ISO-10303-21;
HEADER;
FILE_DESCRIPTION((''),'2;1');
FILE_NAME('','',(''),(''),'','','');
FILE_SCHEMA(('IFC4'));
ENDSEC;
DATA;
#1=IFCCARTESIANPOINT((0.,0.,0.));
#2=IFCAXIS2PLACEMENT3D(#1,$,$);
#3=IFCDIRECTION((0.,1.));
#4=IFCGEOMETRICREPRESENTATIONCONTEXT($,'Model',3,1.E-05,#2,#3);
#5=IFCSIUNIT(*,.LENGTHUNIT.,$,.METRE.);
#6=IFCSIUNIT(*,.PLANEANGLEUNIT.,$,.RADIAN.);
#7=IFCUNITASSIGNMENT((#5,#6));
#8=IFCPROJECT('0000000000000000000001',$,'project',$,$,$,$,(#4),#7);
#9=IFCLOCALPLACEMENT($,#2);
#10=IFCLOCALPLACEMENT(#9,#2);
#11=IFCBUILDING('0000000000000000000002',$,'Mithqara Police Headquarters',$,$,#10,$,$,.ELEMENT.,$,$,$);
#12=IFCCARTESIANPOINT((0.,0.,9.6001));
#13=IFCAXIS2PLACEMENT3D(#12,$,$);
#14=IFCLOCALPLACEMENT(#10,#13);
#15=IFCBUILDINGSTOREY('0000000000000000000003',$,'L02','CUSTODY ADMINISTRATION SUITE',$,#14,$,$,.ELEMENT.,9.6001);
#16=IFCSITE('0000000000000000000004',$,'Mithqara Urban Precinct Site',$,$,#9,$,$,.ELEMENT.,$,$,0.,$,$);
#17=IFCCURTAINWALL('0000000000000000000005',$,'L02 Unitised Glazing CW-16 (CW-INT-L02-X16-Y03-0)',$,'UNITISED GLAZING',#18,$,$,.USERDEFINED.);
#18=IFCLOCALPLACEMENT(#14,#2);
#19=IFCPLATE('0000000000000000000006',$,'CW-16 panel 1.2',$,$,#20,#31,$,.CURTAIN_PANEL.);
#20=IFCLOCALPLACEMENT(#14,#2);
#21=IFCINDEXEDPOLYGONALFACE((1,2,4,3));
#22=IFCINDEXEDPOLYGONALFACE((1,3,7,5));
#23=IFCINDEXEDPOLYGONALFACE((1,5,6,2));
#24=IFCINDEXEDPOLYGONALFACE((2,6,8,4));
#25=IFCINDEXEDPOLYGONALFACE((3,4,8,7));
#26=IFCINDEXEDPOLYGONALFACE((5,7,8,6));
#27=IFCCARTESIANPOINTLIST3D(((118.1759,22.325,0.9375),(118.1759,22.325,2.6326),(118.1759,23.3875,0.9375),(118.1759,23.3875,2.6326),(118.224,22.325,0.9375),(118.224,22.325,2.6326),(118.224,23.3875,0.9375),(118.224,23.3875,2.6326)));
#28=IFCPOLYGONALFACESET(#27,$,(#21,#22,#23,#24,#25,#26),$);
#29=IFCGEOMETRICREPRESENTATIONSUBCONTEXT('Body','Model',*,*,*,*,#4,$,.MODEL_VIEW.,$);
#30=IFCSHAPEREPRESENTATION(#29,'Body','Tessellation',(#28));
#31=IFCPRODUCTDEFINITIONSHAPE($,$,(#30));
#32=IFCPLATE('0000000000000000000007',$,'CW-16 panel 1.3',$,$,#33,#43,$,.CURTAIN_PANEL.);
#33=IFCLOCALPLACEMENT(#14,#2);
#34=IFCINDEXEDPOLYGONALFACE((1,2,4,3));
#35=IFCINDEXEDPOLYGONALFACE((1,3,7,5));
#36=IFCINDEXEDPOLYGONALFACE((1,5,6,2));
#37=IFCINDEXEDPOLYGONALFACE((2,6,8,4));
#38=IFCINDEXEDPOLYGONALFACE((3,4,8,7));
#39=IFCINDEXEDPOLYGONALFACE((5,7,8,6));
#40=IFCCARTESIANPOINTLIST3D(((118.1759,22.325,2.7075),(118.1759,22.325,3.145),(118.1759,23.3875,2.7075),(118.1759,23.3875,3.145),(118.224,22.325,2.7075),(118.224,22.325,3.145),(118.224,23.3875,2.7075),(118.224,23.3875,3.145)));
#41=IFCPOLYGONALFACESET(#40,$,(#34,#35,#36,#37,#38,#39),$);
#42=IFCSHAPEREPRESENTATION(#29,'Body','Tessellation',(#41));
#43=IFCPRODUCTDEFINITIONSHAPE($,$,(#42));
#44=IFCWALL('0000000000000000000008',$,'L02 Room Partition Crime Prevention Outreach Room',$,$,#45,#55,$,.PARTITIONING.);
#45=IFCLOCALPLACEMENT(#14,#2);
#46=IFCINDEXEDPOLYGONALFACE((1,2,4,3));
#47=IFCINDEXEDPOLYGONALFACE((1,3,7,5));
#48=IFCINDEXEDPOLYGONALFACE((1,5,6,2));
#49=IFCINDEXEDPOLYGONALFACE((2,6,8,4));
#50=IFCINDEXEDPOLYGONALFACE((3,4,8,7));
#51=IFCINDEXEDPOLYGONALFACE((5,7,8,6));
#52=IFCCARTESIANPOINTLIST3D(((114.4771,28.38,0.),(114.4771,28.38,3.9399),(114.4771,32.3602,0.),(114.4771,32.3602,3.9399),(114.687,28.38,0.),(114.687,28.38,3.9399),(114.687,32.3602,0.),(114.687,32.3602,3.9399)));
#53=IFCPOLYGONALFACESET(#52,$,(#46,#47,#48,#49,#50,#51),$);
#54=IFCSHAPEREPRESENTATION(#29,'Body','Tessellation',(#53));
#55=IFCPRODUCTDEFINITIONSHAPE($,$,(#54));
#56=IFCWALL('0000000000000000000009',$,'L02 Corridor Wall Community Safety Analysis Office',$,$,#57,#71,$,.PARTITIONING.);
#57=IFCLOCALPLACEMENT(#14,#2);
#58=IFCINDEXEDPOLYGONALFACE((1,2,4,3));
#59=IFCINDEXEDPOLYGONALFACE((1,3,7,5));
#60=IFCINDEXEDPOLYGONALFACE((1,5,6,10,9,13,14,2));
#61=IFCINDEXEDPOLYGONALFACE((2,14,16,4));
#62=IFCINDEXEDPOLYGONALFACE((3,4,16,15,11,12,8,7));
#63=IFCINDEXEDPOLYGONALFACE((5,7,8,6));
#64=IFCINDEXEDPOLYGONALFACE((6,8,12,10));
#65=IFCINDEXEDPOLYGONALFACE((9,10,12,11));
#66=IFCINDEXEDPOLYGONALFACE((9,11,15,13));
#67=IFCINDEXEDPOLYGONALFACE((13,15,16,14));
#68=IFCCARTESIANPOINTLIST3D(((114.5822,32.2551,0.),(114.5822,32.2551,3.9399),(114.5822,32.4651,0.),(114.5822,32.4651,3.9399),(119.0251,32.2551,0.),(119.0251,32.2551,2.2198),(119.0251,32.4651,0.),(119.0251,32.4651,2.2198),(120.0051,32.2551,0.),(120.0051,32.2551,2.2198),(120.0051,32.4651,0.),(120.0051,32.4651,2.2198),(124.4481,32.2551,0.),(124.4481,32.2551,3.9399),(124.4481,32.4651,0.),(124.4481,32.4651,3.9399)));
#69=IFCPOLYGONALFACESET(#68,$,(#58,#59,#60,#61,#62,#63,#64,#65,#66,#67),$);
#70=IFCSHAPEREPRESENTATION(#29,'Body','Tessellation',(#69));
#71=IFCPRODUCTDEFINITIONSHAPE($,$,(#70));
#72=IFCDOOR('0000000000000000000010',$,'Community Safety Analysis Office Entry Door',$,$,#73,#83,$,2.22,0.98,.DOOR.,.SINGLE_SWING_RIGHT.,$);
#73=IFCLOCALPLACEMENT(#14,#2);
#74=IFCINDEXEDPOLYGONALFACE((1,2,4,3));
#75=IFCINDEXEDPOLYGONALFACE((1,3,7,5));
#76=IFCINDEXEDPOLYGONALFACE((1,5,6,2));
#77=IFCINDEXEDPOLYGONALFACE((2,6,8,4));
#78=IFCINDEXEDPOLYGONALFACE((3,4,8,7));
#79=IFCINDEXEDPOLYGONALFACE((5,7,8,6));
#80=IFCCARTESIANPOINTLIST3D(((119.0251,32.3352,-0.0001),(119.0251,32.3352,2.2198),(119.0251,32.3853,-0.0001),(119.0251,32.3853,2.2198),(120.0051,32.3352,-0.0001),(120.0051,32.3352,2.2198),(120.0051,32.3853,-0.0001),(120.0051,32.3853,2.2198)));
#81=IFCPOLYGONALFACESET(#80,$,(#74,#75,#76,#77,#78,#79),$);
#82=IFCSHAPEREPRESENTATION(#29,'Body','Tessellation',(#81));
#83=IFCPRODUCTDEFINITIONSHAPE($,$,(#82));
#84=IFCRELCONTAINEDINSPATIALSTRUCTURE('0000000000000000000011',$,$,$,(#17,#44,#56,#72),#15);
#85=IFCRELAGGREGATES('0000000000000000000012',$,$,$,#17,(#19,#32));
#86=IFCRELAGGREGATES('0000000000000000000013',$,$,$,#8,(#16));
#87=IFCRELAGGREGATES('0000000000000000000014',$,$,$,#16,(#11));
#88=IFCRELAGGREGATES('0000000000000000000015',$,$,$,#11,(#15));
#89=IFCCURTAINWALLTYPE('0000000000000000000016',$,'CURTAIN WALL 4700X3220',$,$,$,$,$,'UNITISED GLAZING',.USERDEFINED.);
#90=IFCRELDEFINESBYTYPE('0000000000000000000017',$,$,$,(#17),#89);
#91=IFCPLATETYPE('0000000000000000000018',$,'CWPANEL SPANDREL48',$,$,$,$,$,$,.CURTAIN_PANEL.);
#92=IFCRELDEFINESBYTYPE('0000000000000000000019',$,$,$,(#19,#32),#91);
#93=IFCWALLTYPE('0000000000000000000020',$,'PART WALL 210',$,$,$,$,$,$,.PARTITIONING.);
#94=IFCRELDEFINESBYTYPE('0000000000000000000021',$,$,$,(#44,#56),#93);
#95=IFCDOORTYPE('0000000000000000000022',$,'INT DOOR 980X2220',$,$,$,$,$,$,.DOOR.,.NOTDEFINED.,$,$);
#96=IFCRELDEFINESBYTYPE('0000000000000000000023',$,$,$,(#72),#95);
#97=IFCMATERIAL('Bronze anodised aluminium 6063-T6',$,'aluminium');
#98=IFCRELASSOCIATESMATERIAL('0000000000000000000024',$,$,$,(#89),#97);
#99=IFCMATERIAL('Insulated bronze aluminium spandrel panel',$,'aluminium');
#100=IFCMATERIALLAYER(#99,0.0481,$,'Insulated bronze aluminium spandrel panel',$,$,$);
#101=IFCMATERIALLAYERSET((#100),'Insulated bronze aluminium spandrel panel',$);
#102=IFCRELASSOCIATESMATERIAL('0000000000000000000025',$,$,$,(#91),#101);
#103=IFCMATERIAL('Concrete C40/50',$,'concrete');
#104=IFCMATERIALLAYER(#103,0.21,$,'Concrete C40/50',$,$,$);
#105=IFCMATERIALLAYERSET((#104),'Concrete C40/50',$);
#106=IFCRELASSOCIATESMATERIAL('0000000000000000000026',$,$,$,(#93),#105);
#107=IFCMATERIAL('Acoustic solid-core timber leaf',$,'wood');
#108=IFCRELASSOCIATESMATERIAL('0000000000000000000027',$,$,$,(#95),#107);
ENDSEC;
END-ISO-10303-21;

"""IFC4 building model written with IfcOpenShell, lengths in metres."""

from ifc_helpers import new_model, si_unit, direction, frame, frame_2d, origin, origin_2d, place, context, subcontext, project, spatial, rectangle, extrude, material, layer, layer_set, type_object, element, fill, aggregate, save


model = new_model("IFC4")

# Units and contexts
model_context = context("Model", 3, precision=1e-05, world=origin(), true_north=direction((0.0, 1.0)))
body_context = subcontext(model_context, "Body", "Model", "MODEL_VIEW")
ifc_project = project(units=[si_unit("LENGTHUNIT", "METRE"), si_unit("PLANEANGLEUNIT", "RADIAN")], contexts=[model_context])

# Site, building, storey
site_placement = place(None, origin())
site = spatial("IfcSite", under=ifc_project, at=site_placement, Name="Mithqara Urban Precinct Site", CompositionType="ELEMENT", RefElevation=0.0)
building_placement = place(site_placement, origin())
building = spatial("IfcBuilding", under=site, at=building_placement, Name="Mithqara Police Headquarters", CompositionType="ELEMENT")
storey_placement = place(building_placement, frame((0.0, 0.0, 9.6001)))
storey = spatial("IfcBuildingStorey", under=building, at=storey_placement, Name="L02", Description="CUSTODY ADMINISTRATION SUITE", CompositionType="ELEMENT", Elevation=9.6001)

# Shared definitions
ifc_material_1 = material(Name="Concrete C40/50", Category="concrete")

# Curtain wall, plates
ifc_material_2 = material(Name="Bronze anodised aluminium 6063-T6", Category="aluminium")
curtain_wall_type = type_object("IfcCurtainWallType", Name="CURTAIN WALL 4700X3220", ElementType="UNITISED GLAZING", PredefinedType="USERDEFINED", material=ifc_material_2)
curtain_wall_placement = place(storey_placement, origin())
curtain_wall = element("IfcCurtainWall", 1, at=curtain_wall_placement, inside=storey, type_object=curtain_wall_type, Name="L02 Unitised Glazing CW-16 (CW-INT-L02-X16-Y03-0)", ObjectType="UNITISED GLAZING", PredefinedType="USERDEFINED")
ifc_material_3 = material(Name="Insulated bronze aluminium spandrel panel", Category="aluminium")
ifc_layer_1 = layer(ifc_material_3, 0.0481, Name="Insulated bronze aluminium spandrel panel")
ifc_layer_set_1 = layer_set([ifc_layer_1], Name="Insulated bronze aluminium spandrel panel")
plate_type = type_object("IfcPlateType", Name="CWPANEL SPANDREL48", PredefinedType="CURTAIN_PANEL", material=ifc_layer_set_1)
plate_1_placement = place(storey_placement, frame((118.2, 22.8562, 0.9375), z_axis=(0.0, 0.0, 1.0), x_axis=(0.0, 1.0, 0.0)))
plate_1 = element("IfcPlate", 2, at=plate_1_placement, type_object=plate_type, Name="CW-16 panel 1.2", PredefinedType="CURTAIN_PANEL", context=body_context, shape_type="SweptSolid", body=[
    extrude(rectangle(XDim=1.0625, YDim=0.0481, at=origin_2d()), origin(), (0.0, 0.0, 1.0), 1.6951),
])
plate_2_placement = place(storey_placement, frame((118.2, 22.8562, 2.7075), z_axis=(0.0, 0.0, 1.0), x_axis=(0.0, 1.0, 0.0)))
plate_2 = element("IfcPlate", 3, at=plate_2_placement, type_object=plate_type, Name="CW-16 panel 1.3", PredefinedType="CURTAIN_PANEL", context=body_context, shape_type="SweptSolid", body=[
    extrude(rectangle(XDim=1.0625, YDim=0.0481, at=origin_2d()), origin(), (0.0, 0.0, 1.0), 0.4375),
])
aggregate(curtain_wall, [plate_1, plate_2])

# Wall
ifc_layer_2 = layer(ifc_material_1, 0.21, Name="Concrete C40/50")
ifc_layer_set_2 = layer_set([ifc_layer_2], Name="Concrete C40/50")
wall_type = type_object("IfcWallType", Name="PART WALL 210", PredefinedType="PARTITIONING", material=ifc_layer_set_2)
wall_1_placement = place(storey_placement, frame((114.582, 28.3799, 0.0), z_axis=(0.0, 0.0, 1.0), x_axis=(0.0, 1.0, 0.0)))
element("IfcWall", 4, at=wall_1_placement, inside=storey, type_object=wall_type, Name="L02 Room Partition Crime Prevention Outreach Room", PredefinedType="PARTITIONING", context=body_context, shape_type="SweptSolid", body=[
    extrude(rectangle(XDim=3.9802, YDim=0.21, at=frame_2d((1.9902, 0.0))), origin(), (0.0, 0.0, 1.0), 3.9399),
])

# Wall, opening, door
wall_2_placement = place(storey_placement, frame((114.582, 32.3601, 0.0), z_axis=(0.0, 0.0, 1.0), x_axis=(1.0, 0.0, 0.0)))
wall_2 = element("IfcWall", 5, at=wall_2_placement, inside=storey, type_object=wall_type, Name="L02 Corridor Wall Community Safety Analysis Office", PredefinedType="PARTITIONING", context=body_context, shape_type="SweptSolid", body=[
    extrude(rectangle(XDim=9.866, YDim=0.21, at=frame_2d((4.9331, 0.0))), origin(), (0.0, 0.0, 1.0), 3.9399),
])
opening_placement = place(wall_2_placement, frame((4.4431, 0.0, 0.0)))
opening = element("IfcOpeningElement", 6, at=opening_placement, cuts=wall_2, PredefinedType="OPENING", context=body_context, shape_type="SweptSolid", body=[
    extrude(rectangle(XDim=0.98, YDim=2.22, at=frame_2d((0.49, 1.1099))), frame((0.0, 0.115, 0.0), z_axis=(0.0, -1.0, 0.0), x_axis=(1.0, 0.0, 0.0)), (0.0, 0.0, 1.0), 0.23),
])
ifc_material_4 = material(Name="Acoustic solid-core timber leaf", Category="wood")
door_type = type_object("IfcDoorType", Name="INT DOOR 980X2220", OperationType="NOTDEFINED", PredefinedType="DOOR", material=ifc_material_4)
door_placement = place(opening_placement, frame((0.98, 0.0, 0.0), z_axis=(0.0, 0.0, 1.0), x_axis=(-1.0, 0.0, 0.0)))
door = element("IfcDoor", 7, at=door_placement, inside=storey, type_object=door_type, Name="Community Safety Analysis Office Entry Door", OperationType="SINGLE_SWING_RIGHT", OverallHeight=2.22, OverallWidth=0.98, PredefinedType="DOOR", context=body_context, shape_type="SweptSolid", body=[
    extrude(rectangle(XDim=0.98, YDim=2.22, at=frame_2d((0.49, 1.1099))), frame((0.0, 0.0249, 0.0), z_axis=(0.0, -1.0, 0.0), x_axis=(1.0, 0.0, 0.0)), (0.0, 0.0, 1.0), 0.05),
])
fill(opening, door)

save(model, "model.ifc")
